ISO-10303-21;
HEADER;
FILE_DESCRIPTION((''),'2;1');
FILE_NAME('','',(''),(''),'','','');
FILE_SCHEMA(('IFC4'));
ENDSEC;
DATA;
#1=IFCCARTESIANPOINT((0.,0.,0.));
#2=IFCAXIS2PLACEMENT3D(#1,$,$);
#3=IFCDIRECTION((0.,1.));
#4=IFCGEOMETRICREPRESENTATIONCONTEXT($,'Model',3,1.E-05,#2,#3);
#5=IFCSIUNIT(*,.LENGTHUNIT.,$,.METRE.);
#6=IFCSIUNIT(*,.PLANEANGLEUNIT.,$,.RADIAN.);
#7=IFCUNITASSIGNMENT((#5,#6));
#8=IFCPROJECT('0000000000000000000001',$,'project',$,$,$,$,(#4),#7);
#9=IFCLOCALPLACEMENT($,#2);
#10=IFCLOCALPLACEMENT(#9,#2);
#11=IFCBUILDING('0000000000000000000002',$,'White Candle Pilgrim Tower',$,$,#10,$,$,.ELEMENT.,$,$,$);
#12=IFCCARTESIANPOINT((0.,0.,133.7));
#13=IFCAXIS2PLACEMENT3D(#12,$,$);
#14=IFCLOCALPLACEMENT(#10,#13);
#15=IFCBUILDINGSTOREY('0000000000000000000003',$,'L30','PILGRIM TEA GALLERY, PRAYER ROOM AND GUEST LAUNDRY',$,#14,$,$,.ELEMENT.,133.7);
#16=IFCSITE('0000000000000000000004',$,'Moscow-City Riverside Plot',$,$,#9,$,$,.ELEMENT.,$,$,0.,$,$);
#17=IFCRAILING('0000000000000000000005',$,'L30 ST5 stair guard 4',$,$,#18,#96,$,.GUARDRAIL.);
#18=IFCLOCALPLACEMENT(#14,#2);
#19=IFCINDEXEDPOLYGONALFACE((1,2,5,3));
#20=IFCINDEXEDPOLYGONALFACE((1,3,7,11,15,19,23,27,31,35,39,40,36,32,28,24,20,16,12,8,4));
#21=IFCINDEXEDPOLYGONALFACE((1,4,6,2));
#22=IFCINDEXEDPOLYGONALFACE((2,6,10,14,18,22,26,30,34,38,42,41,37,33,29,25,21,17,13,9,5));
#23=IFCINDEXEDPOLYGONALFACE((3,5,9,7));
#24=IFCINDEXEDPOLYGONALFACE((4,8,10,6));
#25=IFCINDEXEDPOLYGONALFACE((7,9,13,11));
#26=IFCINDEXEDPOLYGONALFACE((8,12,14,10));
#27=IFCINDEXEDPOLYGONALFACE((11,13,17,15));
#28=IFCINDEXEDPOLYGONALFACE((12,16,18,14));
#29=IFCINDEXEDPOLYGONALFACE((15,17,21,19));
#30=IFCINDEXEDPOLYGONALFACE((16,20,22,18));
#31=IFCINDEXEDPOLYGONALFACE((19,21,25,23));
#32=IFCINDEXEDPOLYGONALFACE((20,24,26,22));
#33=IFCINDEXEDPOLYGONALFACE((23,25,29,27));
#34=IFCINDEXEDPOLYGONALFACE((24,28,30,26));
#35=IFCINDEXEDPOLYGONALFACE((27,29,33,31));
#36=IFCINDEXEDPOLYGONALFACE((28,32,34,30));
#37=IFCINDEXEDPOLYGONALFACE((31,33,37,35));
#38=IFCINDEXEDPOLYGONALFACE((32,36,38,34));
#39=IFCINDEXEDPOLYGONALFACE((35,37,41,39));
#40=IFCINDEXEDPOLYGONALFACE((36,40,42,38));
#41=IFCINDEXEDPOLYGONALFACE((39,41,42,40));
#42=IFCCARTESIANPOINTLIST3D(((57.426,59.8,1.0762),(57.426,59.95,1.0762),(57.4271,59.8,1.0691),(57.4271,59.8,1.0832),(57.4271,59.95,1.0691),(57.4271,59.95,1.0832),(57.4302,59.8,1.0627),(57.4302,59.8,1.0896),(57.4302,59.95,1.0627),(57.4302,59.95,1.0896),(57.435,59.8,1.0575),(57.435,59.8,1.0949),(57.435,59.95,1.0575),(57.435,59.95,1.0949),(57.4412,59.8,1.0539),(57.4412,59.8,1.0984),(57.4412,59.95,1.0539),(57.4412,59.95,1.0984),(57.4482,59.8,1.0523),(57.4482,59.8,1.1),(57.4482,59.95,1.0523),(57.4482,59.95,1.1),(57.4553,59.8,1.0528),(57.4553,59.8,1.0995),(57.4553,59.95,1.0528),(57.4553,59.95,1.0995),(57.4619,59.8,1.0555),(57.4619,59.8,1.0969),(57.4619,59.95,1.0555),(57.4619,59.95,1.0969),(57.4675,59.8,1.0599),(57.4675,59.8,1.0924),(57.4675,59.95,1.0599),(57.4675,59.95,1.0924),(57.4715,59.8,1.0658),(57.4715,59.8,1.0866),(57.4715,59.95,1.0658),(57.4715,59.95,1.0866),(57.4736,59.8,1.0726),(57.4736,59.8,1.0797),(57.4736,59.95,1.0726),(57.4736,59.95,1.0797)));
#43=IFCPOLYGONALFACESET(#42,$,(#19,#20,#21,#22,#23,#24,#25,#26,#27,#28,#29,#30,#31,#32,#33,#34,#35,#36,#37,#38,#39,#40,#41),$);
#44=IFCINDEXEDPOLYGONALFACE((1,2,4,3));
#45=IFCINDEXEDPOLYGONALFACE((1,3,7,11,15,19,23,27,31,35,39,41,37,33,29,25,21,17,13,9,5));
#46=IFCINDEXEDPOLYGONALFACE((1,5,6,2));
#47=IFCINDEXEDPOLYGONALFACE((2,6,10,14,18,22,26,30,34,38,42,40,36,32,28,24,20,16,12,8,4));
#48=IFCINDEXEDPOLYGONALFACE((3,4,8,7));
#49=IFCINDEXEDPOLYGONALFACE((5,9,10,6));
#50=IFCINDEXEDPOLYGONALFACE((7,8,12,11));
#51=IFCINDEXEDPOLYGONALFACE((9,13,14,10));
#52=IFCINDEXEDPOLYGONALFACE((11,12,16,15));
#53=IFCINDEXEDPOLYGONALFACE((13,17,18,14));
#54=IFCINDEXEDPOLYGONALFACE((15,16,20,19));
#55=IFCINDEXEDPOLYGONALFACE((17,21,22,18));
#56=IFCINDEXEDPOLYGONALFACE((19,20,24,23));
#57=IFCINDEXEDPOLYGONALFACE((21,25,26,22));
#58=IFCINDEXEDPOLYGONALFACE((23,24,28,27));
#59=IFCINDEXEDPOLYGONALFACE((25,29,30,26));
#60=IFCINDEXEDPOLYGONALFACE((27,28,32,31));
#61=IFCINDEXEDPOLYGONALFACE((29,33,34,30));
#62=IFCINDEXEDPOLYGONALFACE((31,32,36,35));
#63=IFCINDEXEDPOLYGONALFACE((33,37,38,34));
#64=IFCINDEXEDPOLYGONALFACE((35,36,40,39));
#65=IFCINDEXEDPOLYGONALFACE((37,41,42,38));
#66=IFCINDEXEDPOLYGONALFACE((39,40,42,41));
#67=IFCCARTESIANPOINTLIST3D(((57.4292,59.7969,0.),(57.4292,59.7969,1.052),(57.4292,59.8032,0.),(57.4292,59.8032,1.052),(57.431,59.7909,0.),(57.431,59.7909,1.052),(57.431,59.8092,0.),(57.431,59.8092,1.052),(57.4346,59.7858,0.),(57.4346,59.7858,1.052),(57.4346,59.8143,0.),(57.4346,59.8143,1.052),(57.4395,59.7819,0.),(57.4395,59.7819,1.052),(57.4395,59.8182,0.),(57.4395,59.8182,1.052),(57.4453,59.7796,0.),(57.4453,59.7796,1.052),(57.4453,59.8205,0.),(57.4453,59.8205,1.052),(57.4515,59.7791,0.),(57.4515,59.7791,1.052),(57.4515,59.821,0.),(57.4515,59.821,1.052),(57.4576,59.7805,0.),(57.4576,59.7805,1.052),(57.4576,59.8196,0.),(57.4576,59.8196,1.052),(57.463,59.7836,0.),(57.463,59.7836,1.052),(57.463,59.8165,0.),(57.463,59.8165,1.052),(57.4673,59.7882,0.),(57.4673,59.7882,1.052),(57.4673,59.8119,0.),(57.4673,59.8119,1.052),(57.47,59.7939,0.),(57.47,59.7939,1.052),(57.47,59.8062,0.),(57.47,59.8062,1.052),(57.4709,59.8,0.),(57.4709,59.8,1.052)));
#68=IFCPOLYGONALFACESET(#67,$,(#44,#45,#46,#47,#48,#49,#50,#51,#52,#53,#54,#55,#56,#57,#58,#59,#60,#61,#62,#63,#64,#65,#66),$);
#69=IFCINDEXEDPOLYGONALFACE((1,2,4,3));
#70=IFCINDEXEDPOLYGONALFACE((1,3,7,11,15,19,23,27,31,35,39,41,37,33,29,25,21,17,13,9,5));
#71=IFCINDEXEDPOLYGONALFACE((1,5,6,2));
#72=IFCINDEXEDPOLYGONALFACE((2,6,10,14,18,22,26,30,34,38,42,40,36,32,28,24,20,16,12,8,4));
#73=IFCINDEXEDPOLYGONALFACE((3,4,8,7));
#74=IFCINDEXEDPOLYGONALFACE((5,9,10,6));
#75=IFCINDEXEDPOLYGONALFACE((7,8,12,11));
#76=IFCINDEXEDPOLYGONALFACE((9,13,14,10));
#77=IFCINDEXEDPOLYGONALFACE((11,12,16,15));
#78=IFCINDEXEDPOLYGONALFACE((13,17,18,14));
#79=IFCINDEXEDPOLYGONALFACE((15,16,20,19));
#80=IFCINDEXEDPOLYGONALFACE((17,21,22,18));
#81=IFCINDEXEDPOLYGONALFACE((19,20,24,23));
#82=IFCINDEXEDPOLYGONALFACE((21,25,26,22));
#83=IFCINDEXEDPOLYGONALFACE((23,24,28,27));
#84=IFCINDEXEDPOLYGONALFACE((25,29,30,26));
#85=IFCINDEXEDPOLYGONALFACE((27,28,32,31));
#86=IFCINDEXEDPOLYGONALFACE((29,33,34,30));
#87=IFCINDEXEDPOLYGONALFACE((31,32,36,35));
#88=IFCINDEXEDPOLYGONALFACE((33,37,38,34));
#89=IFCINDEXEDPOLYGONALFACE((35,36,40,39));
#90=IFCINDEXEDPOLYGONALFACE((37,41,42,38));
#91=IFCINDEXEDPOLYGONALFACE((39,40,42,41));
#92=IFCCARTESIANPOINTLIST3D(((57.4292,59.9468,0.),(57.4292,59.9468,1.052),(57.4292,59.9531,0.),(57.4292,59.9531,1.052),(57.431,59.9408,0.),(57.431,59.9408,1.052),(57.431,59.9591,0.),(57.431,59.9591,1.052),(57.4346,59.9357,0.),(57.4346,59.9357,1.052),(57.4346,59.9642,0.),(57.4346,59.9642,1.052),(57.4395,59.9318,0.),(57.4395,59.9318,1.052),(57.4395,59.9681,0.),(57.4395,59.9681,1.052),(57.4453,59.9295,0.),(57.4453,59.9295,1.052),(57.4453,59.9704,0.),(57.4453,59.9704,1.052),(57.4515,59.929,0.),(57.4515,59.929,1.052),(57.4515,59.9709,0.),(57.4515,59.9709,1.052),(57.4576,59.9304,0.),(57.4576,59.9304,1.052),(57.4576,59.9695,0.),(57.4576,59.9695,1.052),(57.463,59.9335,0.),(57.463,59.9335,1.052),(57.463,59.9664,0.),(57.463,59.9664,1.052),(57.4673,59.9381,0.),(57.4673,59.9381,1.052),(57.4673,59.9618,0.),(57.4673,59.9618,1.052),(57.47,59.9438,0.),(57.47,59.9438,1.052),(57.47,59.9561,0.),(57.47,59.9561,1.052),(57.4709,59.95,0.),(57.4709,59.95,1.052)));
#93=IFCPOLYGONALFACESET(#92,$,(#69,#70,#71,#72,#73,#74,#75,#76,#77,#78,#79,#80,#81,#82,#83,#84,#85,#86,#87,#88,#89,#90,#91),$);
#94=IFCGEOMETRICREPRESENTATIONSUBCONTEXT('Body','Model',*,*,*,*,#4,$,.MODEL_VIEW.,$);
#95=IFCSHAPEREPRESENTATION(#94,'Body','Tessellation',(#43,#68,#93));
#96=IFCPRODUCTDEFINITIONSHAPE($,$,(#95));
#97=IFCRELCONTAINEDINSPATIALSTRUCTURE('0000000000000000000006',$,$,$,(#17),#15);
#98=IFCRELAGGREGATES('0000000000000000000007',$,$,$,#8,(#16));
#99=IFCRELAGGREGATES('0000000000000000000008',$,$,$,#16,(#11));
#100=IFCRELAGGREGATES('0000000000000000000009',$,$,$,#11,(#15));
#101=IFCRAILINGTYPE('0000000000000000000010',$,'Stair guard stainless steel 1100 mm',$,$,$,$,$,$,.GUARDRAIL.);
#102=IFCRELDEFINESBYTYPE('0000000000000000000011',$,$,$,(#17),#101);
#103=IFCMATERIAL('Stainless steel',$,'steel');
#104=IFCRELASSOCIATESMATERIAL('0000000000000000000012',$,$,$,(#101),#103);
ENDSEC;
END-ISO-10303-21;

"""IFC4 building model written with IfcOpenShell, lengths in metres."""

from ifc_helpers import new_model, si_unit, direction, frame, origin, origin_2d, place, context, subcontext, project, spatial, circle, extrude, material, type_object, element, save


model = new_model("IFC4")

# Units and contexts
model_context = context("Model", 3, precision=1e-05, world=origin(), true_north=direction((0.0, 1.0)))
body_context = subcontext(model_context, "Body", "Model", "MODEL_VIEW")
ifc_project = project(units=[si_unit("LENGTHUNIT", "METRE"), si_unit("PLANEANGLEUNIT", "RADIAN")], contexts=[model_context])

# Site, building, storey
site_placement = place(None, origin())
site = spatial("IfcSite", under=ifc_project, at=site_placement, Name="Moscow-City Riverside Plot", CompositionType="ELEMENT", RefElevation=0.0)
building_placement = place(site_placement, origin())
building = spatial("IfcBuilding", under=site, at=building_placement, Name="White Candle Pilgrim Tower", CompositionType="ELEMENT")
storey_placement = place(building_placement, frame((0.0, 0.0, 133.7)))
storey = spatial("IfcBuildingStorey", under=building, at=storey_placement, Name="L30", Description="PILGRIM TEA GALLERY, PRAYER ROOM AND GUEST LAUNDRY", CompositionType="ELEMENT", Elevation=133.7)

# Railing
ifc_material_1 = material(Name="Stainless steel", Category="steel")
railing_type_1 = type_object("IfcRailingType", Name="Stair guard stainless steel 1100 mm", PredefinedType="GUARDRAIL", material=ifc_material_1)
railing_1_placement = place(storey_placement, frame((57.45, 59.8, 0.0)))
element("IfcRailing", 1, at=railing_1_placement, inside=storey, type_object=railing_type_1, Name="L30 ST5 stair guard 4", PredefinedType="GUARDRAIL", context=body_context, shape_type="SweptSolid", body=[
    extrude(circle(Radius=0.0239, at=origin_2d()), frame((0.0, 0.0, 1.0762), z_axis=(0.0, 1.0, 0.0), x_axis=(-1.0, 0.0, 0.0)), (0.0, 0.0, 1.0), 0.1499),
    extrude(circle(Radius=0.021, at=origin_2d()), origin(), (0.0, 0.0, 1.0), 1.052),
    extrude(circle(Radius=0.021, at=origin_2d()), frame((0.0, 0.1499, 0.0)), (0.0, 0.0, 1.0), 1.052),
])

save(model, "model.ifc")
